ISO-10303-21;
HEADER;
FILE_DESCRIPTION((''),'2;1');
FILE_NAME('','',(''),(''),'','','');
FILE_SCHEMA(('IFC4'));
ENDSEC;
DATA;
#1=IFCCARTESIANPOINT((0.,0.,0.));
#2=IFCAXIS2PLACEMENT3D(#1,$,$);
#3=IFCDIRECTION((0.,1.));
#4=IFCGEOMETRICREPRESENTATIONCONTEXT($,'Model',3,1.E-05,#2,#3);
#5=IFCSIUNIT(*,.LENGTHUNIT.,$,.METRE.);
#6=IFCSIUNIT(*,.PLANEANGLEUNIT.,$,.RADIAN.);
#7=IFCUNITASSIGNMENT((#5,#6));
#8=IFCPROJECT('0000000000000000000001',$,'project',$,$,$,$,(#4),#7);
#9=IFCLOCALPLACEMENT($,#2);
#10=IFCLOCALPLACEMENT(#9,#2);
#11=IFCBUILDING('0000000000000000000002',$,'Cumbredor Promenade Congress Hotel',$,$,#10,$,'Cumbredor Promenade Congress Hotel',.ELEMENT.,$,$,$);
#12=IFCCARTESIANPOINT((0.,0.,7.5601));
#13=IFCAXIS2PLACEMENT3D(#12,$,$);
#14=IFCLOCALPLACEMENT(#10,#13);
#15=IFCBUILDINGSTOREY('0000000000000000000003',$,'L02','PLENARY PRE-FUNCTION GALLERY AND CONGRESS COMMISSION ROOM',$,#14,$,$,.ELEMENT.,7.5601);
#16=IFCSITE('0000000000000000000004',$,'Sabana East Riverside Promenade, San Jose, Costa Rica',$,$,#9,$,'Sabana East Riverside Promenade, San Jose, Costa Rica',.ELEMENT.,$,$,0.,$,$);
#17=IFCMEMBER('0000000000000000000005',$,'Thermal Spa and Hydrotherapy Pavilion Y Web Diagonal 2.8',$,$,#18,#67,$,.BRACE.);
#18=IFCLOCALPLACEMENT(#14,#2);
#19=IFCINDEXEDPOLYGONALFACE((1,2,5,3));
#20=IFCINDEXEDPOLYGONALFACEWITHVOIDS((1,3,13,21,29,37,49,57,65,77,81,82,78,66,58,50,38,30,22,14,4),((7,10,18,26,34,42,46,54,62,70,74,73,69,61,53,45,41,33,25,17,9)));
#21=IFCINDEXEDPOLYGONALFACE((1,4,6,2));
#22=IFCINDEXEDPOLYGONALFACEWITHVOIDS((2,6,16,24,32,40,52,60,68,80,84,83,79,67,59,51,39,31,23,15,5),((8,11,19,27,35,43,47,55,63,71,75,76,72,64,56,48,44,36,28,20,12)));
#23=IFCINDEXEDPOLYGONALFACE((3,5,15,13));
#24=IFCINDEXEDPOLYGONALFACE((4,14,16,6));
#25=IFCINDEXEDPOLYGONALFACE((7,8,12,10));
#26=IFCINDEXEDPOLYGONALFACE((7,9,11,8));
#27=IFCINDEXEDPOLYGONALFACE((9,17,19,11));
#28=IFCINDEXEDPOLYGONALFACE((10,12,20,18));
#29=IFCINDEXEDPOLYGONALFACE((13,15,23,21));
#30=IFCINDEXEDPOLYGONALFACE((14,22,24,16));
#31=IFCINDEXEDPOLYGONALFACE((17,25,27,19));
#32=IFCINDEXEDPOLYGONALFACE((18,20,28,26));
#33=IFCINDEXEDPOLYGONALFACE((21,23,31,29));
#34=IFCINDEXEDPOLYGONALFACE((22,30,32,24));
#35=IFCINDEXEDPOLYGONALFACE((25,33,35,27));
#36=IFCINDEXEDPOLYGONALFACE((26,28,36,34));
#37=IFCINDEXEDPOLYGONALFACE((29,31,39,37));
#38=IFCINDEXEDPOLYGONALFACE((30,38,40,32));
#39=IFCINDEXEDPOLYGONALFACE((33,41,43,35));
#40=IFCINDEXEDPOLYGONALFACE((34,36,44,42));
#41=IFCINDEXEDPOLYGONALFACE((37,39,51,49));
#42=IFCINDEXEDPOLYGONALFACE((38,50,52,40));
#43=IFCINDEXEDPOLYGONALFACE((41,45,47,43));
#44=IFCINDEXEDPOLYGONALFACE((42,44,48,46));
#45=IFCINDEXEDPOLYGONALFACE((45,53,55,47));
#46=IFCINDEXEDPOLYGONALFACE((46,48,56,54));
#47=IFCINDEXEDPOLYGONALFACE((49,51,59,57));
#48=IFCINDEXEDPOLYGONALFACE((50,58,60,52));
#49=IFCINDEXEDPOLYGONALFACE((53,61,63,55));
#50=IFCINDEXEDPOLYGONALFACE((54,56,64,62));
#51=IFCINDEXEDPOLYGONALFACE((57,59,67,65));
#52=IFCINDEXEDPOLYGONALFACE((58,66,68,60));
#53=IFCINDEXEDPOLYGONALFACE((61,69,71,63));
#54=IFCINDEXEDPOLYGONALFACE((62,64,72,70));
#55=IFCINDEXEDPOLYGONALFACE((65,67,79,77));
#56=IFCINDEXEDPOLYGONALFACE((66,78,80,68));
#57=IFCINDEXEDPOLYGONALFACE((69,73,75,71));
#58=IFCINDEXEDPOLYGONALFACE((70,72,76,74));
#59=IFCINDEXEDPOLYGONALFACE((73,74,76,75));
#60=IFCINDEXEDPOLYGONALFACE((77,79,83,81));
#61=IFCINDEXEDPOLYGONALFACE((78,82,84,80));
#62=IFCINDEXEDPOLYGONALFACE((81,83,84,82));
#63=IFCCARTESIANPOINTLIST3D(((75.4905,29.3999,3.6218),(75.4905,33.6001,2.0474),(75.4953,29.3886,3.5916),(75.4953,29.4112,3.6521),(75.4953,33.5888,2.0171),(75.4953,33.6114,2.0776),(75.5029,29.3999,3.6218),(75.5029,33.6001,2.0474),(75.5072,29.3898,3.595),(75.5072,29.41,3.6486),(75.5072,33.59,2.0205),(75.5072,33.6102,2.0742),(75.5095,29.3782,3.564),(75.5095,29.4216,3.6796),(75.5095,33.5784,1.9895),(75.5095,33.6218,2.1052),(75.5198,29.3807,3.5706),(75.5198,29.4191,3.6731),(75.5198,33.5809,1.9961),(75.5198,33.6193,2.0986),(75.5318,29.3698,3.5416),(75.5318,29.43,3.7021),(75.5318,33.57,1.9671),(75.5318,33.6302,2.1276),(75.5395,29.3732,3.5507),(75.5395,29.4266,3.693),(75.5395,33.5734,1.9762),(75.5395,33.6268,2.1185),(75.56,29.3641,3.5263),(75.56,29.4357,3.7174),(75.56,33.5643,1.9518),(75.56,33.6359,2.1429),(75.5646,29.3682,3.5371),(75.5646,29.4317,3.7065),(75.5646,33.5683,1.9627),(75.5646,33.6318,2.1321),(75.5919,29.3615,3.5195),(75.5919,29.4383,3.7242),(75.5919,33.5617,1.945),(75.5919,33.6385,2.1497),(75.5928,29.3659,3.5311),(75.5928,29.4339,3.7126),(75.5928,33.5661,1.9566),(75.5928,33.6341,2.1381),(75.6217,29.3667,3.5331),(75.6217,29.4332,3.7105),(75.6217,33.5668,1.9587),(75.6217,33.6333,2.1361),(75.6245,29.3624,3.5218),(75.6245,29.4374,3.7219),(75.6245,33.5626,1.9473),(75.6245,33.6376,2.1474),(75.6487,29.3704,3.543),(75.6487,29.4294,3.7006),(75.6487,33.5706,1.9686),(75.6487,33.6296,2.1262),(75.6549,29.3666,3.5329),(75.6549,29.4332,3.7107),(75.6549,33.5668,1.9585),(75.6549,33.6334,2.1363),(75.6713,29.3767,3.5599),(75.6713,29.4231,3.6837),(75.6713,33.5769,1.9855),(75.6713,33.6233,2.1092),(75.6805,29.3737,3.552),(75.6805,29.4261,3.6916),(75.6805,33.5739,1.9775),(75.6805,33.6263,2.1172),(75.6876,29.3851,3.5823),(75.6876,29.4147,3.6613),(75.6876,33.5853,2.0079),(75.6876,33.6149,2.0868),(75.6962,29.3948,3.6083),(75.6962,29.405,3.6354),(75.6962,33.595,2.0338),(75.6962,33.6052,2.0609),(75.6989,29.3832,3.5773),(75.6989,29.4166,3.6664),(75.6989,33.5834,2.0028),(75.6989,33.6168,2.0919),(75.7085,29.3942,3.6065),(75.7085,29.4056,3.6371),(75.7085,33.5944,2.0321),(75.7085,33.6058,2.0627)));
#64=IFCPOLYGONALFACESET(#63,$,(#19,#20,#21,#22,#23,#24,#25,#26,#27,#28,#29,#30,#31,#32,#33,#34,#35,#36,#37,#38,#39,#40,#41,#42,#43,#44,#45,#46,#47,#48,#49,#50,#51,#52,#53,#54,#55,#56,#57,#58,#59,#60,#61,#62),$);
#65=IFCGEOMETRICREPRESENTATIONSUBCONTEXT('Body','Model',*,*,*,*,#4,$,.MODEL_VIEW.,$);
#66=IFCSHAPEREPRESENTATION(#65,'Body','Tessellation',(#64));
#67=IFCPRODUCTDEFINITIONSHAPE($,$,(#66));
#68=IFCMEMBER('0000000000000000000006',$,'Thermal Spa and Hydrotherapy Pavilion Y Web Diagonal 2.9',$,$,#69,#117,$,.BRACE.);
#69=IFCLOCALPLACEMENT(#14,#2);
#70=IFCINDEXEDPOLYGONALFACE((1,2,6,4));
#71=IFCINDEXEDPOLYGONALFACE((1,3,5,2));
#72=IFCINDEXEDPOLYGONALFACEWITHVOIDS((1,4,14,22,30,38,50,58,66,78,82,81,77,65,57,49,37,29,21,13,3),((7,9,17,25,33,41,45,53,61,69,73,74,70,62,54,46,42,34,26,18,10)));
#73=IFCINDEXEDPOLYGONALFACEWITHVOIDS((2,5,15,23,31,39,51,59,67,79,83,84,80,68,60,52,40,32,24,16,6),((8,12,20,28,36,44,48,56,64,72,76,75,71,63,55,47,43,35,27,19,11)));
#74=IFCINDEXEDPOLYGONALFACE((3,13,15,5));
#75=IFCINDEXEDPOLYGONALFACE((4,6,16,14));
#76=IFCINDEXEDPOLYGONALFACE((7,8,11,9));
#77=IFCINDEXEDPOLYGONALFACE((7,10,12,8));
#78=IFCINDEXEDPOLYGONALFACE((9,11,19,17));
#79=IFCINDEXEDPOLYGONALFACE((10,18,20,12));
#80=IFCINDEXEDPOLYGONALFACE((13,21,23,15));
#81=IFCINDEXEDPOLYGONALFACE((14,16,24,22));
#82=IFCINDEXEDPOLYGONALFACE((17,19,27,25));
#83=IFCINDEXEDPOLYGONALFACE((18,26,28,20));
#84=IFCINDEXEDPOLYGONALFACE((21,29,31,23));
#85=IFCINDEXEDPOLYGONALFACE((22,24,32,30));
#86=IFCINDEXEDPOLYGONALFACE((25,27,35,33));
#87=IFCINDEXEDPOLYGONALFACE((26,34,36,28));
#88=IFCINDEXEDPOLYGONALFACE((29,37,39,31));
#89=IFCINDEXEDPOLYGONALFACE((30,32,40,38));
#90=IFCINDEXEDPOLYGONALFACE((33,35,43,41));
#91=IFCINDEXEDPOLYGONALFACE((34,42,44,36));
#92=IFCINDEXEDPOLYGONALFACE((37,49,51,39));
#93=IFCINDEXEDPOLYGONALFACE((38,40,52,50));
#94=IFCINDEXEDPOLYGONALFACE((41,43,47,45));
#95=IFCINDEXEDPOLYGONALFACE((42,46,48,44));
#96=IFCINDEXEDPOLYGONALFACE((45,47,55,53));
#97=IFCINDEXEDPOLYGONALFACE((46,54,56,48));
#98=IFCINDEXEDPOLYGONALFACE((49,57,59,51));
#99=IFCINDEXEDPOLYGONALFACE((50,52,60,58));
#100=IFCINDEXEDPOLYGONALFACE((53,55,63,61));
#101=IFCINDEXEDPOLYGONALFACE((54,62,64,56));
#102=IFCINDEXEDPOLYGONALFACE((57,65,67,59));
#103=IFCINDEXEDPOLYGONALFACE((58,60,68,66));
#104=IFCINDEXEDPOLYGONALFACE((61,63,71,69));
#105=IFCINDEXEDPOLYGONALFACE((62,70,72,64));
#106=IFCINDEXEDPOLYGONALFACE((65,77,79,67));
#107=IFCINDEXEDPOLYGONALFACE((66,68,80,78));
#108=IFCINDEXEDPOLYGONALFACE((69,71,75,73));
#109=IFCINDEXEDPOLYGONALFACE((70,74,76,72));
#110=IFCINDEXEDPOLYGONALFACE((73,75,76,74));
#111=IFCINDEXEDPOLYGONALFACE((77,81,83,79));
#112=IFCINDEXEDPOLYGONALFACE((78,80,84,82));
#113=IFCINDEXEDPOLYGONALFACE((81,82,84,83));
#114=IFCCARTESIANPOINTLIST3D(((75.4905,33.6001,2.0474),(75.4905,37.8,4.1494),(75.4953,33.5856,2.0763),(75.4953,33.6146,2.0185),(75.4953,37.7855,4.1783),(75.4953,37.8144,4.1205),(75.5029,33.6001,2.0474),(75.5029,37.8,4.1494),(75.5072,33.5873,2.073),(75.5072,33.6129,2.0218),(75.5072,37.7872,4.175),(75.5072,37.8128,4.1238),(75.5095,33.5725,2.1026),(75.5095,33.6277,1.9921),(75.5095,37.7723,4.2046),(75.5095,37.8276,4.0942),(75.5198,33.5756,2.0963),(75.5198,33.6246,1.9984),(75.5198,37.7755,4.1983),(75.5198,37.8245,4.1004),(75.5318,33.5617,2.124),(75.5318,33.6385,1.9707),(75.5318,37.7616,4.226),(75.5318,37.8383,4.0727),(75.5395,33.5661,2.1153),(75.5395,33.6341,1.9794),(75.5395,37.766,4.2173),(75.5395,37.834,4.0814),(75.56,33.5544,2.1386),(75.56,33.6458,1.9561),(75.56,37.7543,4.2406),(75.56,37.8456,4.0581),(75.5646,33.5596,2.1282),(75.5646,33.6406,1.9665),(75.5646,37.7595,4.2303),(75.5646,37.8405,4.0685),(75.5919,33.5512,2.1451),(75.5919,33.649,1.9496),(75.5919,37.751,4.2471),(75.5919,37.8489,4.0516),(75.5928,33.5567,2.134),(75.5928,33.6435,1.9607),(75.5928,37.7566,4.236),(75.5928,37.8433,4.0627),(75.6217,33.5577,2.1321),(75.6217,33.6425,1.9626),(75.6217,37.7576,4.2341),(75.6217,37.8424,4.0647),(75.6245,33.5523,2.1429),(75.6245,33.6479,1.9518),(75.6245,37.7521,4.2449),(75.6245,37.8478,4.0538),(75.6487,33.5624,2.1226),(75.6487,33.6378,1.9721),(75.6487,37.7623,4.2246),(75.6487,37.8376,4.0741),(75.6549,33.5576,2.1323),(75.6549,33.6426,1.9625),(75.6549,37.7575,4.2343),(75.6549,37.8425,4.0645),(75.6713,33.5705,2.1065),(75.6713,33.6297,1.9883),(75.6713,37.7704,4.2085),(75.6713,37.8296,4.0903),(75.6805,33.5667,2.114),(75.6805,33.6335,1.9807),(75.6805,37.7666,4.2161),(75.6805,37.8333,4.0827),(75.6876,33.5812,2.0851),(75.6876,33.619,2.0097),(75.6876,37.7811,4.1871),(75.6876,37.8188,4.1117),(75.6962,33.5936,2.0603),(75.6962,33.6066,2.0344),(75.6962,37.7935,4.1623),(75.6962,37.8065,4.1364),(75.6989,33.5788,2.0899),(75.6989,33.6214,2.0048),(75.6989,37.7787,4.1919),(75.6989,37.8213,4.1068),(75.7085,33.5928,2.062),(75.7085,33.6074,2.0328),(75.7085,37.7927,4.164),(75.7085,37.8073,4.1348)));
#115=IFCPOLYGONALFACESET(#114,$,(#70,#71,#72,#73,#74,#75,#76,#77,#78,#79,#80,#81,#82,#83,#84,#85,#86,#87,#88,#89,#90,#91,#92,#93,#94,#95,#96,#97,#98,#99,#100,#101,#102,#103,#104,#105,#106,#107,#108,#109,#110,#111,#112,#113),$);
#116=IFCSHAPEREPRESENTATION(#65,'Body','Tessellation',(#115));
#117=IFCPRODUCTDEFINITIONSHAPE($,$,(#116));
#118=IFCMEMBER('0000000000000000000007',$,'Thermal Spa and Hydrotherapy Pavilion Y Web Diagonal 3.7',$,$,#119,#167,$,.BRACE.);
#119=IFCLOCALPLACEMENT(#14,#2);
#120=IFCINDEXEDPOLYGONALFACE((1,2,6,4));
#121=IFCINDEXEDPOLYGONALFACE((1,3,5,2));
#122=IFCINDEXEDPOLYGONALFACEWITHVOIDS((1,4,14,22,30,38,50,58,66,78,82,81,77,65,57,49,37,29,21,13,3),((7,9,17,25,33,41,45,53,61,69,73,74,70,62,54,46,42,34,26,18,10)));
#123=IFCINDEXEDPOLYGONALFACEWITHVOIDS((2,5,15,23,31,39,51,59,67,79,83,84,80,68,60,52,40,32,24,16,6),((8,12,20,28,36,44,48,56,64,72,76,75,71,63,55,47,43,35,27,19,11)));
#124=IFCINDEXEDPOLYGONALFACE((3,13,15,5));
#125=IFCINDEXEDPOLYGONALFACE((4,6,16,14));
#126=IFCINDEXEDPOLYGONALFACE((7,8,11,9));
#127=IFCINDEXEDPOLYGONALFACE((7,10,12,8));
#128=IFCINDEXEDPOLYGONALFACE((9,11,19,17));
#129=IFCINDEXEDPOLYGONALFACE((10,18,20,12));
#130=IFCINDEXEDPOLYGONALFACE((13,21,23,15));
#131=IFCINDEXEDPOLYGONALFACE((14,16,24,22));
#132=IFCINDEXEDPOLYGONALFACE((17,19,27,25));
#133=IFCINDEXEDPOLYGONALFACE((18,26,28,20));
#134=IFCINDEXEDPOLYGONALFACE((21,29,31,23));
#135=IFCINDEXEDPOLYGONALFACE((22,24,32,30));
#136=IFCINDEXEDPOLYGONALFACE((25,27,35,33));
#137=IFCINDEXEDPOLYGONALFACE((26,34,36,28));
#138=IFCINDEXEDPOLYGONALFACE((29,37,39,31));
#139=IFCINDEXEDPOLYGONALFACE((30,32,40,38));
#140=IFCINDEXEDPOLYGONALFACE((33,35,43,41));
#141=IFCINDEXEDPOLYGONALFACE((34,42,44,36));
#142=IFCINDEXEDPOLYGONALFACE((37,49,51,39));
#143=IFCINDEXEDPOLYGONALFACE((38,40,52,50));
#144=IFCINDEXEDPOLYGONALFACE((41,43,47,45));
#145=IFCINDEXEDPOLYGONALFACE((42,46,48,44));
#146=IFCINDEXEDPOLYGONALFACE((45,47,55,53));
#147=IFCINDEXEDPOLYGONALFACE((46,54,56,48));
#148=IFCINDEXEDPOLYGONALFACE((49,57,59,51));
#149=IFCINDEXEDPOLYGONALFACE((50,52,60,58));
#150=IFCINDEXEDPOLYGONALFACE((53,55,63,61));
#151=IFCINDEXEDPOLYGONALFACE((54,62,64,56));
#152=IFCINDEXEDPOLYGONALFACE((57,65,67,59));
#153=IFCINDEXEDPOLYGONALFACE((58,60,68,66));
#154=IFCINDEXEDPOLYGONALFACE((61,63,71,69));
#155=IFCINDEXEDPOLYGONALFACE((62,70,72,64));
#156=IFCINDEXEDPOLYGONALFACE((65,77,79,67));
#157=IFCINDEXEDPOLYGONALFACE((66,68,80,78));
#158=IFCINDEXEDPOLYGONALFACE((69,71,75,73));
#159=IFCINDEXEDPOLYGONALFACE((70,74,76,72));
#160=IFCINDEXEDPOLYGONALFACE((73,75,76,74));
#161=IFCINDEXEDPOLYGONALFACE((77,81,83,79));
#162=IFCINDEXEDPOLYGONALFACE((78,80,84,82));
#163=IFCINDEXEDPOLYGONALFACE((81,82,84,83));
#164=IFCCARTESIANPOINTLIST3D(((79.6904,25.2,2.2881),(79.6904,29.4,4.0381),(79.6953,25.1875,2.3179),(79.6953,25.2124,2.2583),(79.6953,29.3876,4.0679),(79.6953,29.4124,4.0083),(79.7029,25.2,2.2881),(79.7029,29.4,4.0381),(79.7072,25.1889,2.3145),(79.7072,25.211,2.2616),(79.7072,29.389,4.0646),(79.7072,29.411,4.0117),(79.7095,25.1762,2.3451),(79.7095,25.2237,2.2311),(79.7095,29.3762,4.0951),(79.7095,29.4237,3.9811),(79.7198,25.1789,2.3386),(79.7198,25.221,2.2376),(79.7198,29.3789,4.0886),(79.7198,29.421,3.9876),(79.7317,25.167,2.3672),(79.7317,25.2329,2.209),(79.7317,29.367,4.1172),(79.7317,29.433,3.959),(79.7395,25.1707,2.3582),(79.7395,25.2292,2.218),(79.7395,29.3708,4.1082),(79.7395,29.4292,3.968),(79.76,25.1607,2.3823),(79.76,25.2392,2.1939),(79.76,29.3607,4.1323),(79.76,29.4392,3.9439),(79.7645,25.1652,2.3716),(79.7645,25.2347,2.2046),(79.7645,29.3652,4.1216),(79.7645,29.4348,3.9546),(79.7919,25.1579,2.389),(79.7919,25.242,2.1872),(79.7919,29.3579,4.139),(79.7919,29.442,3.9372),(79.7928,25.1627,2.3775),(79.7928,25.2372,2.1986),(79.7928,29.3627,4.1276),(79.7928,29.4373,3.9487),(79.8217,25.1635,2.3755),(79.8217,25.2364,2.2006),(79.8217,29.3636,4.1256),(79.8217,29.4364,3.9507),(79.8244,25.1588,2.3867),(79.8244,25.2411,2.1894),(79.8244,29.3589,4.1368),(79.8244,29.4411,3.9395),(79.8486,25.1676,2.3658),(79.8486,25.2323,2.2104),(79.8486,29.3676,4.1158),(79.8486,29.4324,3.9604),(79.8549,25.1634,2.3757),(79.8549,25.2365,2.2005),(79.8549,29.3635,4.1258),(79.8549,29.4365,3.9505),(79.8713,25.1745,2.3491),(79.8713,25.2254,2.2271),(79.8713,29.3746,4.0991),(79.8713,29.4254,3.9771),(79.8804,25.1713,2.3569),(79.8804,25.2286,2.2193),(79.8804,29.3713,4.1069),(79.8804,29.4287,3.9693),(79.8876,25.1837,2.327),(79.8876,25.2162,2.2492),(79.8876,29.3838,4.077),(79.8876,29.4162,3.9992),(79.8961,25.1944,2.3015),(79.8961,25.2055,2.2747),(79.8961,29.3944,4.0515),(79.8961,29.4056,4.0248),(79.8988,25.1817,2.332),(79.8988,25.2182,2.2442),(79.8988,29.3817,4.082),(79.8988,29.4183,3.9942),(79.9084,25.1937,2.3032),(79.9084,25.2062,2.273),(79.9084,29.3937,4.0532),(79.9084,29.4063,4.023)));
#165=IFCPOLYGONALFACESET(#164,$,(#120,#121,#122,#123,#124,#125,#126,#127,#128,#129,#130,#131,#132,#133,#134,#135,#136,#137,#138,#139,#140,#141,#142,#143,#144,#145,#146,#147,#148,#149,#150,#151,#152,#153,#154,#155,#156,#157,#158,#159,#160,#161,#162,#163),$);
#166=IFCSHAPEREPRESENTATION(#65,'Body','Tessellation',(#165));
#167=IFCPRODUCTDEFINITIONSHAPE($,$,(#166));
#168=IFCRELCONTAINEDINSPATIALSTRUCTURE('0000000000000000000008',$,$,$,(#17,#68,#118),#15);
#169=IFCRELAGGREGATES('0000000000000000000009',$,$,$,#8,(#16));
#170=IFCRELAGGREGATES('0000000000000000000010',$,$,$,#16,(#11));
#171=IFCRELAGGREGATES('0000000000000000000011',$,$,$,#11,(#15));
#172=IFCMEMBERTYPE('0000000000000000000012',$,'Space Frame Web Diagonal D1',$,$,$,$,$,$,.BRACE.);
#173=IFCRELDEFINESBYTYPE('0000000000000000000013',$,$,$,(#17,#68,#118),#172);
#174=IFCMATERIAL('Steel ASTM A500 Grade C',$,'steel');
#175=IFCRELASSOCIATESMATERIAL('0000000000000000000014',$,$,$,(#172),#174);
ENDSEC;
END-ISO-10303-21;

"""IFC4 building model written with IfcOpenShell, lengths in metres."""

from ifc_helpers import new_model, si_unit, direction, frame, origin, origin_2d, place, context, subcontext, project, spatial, hollow_circle, extrude, material, material_profile, profile_set, type_object, element, save


model = new_model("IFC4")

# Units and contexts
model_context = context("Model", 3, precision=1e-05, world=origin(), true_north=direction((0.0, 1.0)))
body_context = subcontext(model_context, "Body", "Model", "MODEL_VIEW")
ifc_project = project(units=[si_unit("LENGTHUNIT", "METRE"), si_unit("PLANEANGLEUNIT", "RADIAN")], contexts=[model_context])

# Site, building, storey
site_placement = place(None, origin())
site = spatial("IfcSite", under=ifc_project, at=site_placement, Name="Sabana East Riverside Promenade, San Jose, Costa Rica", LongName="Sabana East Riverside Promenade, San Jose, Costa Rica", CompositionType="ELEMENT", RefElevation=0.0)
building_placement = place(site_placement, origin())
building = spatial("IfcBuilding", under=site, at=building_placement, Name="Cumbredor Promenade Congress Hotel", LongName="Cumbredor Promenade Congress Hotel", CompositionType="ELEMENT")
storey_placement = place(building_placement, frame((0.0, 0.0, 7.5601)))
storey = spatial("IfcBuildingStorey", under=building, at=storey_placement, Name="L02", Description="PLENARY PRE-FUNCTION GALLERY AND CONGRESS COMMISSION ROOM", CompositionType="ELEMENT", Elevation=7.5601)

# Members
ifc_material_1 = material(Name="Steel ASTM A500 Grade C", Category="steel")
ifc_material_profile_1 = material_profile(ifc_material_1, hollow_circle(Radius=0.1096, WallThickness=0.0125, at=origin_2d()), Name="CHS 219.1x12.5")
ifc_profile_set_1 = profile_set([ifc_material_profile_1], Name="Steel ASTM A500 Grade C")
member_type_1 = type_object("IfcMemberType", Name="Space Frame Web Diagonal D1", PredefinedType="BRACE", material=ifc_profile_set_1)
member_1_placement = place(storey_placement, frame((75.6001, 29.3999, 3.6218), z_axis=(0.0, 0.936374, -0.351004), x_axis=(-1.0, 0.0, 0.0)))
element("IfcMember", 1, at=member_1_placement, inside=storey, type_object=member_type_1, Name="Thermal Spa and Hydrotherapy Pavilion Y Web Diagonal 2.8", PredefinedType="BRACE", context=body_context, shape_type="SweptSolid", body=[
    extrude(hollow_circle(Radius=0.1096, WallThickness=0.0125, at=origin_2d()), origin(), (0.0, 0.0, 1.0), 4.4856),
])
member_2_placement = place(storey_placement, frame((75.6001, 33.6001, 2.0474), z_axis=(0.0, 0.89425, 0.447567), x_axis=(-1.0, 0.0, 0.0)))
element("IfcMember", 2, at=member_2_placement, inside=storey, type_object=member_type_1, Name="Thermal Spa and Hydrotherapy Pavilion Y Web Diagonal 2.9", PredefinedType="BRACE", context=body_context, shape_type="SweptSolid", body=[
    extrude(hollow_circle(Radius=0.1096, WallThickness=0.0125, at=origin_2d()), origin(), (0.0, 0.0, 1.0), 4.6965),
])
member_3_placement = place(storey_placement, frame((79.8, 25.2, 2.2881), z_axis=(0.0, 0.923075, 0.384619), x_axis=(-1.0, 0.0, 0.0)))
element("IfcMember", 3, at=member_3_placement, inside=storey, type_object=member_type_1, Name="Thermal Spa and Hydrotherapy Pavilion Y Web Diagonal 3.7", PredefinedType="BRACE", context=body_context, shape_type="SweptSolid", body=[
    extrude(hollow_circle(Radius=0.1096, WallThickness=0.0125, at=origin_2d()), origin(), (0.0, 0.0, 1.0), 4.55),
])

save(model, "model.ifc")
